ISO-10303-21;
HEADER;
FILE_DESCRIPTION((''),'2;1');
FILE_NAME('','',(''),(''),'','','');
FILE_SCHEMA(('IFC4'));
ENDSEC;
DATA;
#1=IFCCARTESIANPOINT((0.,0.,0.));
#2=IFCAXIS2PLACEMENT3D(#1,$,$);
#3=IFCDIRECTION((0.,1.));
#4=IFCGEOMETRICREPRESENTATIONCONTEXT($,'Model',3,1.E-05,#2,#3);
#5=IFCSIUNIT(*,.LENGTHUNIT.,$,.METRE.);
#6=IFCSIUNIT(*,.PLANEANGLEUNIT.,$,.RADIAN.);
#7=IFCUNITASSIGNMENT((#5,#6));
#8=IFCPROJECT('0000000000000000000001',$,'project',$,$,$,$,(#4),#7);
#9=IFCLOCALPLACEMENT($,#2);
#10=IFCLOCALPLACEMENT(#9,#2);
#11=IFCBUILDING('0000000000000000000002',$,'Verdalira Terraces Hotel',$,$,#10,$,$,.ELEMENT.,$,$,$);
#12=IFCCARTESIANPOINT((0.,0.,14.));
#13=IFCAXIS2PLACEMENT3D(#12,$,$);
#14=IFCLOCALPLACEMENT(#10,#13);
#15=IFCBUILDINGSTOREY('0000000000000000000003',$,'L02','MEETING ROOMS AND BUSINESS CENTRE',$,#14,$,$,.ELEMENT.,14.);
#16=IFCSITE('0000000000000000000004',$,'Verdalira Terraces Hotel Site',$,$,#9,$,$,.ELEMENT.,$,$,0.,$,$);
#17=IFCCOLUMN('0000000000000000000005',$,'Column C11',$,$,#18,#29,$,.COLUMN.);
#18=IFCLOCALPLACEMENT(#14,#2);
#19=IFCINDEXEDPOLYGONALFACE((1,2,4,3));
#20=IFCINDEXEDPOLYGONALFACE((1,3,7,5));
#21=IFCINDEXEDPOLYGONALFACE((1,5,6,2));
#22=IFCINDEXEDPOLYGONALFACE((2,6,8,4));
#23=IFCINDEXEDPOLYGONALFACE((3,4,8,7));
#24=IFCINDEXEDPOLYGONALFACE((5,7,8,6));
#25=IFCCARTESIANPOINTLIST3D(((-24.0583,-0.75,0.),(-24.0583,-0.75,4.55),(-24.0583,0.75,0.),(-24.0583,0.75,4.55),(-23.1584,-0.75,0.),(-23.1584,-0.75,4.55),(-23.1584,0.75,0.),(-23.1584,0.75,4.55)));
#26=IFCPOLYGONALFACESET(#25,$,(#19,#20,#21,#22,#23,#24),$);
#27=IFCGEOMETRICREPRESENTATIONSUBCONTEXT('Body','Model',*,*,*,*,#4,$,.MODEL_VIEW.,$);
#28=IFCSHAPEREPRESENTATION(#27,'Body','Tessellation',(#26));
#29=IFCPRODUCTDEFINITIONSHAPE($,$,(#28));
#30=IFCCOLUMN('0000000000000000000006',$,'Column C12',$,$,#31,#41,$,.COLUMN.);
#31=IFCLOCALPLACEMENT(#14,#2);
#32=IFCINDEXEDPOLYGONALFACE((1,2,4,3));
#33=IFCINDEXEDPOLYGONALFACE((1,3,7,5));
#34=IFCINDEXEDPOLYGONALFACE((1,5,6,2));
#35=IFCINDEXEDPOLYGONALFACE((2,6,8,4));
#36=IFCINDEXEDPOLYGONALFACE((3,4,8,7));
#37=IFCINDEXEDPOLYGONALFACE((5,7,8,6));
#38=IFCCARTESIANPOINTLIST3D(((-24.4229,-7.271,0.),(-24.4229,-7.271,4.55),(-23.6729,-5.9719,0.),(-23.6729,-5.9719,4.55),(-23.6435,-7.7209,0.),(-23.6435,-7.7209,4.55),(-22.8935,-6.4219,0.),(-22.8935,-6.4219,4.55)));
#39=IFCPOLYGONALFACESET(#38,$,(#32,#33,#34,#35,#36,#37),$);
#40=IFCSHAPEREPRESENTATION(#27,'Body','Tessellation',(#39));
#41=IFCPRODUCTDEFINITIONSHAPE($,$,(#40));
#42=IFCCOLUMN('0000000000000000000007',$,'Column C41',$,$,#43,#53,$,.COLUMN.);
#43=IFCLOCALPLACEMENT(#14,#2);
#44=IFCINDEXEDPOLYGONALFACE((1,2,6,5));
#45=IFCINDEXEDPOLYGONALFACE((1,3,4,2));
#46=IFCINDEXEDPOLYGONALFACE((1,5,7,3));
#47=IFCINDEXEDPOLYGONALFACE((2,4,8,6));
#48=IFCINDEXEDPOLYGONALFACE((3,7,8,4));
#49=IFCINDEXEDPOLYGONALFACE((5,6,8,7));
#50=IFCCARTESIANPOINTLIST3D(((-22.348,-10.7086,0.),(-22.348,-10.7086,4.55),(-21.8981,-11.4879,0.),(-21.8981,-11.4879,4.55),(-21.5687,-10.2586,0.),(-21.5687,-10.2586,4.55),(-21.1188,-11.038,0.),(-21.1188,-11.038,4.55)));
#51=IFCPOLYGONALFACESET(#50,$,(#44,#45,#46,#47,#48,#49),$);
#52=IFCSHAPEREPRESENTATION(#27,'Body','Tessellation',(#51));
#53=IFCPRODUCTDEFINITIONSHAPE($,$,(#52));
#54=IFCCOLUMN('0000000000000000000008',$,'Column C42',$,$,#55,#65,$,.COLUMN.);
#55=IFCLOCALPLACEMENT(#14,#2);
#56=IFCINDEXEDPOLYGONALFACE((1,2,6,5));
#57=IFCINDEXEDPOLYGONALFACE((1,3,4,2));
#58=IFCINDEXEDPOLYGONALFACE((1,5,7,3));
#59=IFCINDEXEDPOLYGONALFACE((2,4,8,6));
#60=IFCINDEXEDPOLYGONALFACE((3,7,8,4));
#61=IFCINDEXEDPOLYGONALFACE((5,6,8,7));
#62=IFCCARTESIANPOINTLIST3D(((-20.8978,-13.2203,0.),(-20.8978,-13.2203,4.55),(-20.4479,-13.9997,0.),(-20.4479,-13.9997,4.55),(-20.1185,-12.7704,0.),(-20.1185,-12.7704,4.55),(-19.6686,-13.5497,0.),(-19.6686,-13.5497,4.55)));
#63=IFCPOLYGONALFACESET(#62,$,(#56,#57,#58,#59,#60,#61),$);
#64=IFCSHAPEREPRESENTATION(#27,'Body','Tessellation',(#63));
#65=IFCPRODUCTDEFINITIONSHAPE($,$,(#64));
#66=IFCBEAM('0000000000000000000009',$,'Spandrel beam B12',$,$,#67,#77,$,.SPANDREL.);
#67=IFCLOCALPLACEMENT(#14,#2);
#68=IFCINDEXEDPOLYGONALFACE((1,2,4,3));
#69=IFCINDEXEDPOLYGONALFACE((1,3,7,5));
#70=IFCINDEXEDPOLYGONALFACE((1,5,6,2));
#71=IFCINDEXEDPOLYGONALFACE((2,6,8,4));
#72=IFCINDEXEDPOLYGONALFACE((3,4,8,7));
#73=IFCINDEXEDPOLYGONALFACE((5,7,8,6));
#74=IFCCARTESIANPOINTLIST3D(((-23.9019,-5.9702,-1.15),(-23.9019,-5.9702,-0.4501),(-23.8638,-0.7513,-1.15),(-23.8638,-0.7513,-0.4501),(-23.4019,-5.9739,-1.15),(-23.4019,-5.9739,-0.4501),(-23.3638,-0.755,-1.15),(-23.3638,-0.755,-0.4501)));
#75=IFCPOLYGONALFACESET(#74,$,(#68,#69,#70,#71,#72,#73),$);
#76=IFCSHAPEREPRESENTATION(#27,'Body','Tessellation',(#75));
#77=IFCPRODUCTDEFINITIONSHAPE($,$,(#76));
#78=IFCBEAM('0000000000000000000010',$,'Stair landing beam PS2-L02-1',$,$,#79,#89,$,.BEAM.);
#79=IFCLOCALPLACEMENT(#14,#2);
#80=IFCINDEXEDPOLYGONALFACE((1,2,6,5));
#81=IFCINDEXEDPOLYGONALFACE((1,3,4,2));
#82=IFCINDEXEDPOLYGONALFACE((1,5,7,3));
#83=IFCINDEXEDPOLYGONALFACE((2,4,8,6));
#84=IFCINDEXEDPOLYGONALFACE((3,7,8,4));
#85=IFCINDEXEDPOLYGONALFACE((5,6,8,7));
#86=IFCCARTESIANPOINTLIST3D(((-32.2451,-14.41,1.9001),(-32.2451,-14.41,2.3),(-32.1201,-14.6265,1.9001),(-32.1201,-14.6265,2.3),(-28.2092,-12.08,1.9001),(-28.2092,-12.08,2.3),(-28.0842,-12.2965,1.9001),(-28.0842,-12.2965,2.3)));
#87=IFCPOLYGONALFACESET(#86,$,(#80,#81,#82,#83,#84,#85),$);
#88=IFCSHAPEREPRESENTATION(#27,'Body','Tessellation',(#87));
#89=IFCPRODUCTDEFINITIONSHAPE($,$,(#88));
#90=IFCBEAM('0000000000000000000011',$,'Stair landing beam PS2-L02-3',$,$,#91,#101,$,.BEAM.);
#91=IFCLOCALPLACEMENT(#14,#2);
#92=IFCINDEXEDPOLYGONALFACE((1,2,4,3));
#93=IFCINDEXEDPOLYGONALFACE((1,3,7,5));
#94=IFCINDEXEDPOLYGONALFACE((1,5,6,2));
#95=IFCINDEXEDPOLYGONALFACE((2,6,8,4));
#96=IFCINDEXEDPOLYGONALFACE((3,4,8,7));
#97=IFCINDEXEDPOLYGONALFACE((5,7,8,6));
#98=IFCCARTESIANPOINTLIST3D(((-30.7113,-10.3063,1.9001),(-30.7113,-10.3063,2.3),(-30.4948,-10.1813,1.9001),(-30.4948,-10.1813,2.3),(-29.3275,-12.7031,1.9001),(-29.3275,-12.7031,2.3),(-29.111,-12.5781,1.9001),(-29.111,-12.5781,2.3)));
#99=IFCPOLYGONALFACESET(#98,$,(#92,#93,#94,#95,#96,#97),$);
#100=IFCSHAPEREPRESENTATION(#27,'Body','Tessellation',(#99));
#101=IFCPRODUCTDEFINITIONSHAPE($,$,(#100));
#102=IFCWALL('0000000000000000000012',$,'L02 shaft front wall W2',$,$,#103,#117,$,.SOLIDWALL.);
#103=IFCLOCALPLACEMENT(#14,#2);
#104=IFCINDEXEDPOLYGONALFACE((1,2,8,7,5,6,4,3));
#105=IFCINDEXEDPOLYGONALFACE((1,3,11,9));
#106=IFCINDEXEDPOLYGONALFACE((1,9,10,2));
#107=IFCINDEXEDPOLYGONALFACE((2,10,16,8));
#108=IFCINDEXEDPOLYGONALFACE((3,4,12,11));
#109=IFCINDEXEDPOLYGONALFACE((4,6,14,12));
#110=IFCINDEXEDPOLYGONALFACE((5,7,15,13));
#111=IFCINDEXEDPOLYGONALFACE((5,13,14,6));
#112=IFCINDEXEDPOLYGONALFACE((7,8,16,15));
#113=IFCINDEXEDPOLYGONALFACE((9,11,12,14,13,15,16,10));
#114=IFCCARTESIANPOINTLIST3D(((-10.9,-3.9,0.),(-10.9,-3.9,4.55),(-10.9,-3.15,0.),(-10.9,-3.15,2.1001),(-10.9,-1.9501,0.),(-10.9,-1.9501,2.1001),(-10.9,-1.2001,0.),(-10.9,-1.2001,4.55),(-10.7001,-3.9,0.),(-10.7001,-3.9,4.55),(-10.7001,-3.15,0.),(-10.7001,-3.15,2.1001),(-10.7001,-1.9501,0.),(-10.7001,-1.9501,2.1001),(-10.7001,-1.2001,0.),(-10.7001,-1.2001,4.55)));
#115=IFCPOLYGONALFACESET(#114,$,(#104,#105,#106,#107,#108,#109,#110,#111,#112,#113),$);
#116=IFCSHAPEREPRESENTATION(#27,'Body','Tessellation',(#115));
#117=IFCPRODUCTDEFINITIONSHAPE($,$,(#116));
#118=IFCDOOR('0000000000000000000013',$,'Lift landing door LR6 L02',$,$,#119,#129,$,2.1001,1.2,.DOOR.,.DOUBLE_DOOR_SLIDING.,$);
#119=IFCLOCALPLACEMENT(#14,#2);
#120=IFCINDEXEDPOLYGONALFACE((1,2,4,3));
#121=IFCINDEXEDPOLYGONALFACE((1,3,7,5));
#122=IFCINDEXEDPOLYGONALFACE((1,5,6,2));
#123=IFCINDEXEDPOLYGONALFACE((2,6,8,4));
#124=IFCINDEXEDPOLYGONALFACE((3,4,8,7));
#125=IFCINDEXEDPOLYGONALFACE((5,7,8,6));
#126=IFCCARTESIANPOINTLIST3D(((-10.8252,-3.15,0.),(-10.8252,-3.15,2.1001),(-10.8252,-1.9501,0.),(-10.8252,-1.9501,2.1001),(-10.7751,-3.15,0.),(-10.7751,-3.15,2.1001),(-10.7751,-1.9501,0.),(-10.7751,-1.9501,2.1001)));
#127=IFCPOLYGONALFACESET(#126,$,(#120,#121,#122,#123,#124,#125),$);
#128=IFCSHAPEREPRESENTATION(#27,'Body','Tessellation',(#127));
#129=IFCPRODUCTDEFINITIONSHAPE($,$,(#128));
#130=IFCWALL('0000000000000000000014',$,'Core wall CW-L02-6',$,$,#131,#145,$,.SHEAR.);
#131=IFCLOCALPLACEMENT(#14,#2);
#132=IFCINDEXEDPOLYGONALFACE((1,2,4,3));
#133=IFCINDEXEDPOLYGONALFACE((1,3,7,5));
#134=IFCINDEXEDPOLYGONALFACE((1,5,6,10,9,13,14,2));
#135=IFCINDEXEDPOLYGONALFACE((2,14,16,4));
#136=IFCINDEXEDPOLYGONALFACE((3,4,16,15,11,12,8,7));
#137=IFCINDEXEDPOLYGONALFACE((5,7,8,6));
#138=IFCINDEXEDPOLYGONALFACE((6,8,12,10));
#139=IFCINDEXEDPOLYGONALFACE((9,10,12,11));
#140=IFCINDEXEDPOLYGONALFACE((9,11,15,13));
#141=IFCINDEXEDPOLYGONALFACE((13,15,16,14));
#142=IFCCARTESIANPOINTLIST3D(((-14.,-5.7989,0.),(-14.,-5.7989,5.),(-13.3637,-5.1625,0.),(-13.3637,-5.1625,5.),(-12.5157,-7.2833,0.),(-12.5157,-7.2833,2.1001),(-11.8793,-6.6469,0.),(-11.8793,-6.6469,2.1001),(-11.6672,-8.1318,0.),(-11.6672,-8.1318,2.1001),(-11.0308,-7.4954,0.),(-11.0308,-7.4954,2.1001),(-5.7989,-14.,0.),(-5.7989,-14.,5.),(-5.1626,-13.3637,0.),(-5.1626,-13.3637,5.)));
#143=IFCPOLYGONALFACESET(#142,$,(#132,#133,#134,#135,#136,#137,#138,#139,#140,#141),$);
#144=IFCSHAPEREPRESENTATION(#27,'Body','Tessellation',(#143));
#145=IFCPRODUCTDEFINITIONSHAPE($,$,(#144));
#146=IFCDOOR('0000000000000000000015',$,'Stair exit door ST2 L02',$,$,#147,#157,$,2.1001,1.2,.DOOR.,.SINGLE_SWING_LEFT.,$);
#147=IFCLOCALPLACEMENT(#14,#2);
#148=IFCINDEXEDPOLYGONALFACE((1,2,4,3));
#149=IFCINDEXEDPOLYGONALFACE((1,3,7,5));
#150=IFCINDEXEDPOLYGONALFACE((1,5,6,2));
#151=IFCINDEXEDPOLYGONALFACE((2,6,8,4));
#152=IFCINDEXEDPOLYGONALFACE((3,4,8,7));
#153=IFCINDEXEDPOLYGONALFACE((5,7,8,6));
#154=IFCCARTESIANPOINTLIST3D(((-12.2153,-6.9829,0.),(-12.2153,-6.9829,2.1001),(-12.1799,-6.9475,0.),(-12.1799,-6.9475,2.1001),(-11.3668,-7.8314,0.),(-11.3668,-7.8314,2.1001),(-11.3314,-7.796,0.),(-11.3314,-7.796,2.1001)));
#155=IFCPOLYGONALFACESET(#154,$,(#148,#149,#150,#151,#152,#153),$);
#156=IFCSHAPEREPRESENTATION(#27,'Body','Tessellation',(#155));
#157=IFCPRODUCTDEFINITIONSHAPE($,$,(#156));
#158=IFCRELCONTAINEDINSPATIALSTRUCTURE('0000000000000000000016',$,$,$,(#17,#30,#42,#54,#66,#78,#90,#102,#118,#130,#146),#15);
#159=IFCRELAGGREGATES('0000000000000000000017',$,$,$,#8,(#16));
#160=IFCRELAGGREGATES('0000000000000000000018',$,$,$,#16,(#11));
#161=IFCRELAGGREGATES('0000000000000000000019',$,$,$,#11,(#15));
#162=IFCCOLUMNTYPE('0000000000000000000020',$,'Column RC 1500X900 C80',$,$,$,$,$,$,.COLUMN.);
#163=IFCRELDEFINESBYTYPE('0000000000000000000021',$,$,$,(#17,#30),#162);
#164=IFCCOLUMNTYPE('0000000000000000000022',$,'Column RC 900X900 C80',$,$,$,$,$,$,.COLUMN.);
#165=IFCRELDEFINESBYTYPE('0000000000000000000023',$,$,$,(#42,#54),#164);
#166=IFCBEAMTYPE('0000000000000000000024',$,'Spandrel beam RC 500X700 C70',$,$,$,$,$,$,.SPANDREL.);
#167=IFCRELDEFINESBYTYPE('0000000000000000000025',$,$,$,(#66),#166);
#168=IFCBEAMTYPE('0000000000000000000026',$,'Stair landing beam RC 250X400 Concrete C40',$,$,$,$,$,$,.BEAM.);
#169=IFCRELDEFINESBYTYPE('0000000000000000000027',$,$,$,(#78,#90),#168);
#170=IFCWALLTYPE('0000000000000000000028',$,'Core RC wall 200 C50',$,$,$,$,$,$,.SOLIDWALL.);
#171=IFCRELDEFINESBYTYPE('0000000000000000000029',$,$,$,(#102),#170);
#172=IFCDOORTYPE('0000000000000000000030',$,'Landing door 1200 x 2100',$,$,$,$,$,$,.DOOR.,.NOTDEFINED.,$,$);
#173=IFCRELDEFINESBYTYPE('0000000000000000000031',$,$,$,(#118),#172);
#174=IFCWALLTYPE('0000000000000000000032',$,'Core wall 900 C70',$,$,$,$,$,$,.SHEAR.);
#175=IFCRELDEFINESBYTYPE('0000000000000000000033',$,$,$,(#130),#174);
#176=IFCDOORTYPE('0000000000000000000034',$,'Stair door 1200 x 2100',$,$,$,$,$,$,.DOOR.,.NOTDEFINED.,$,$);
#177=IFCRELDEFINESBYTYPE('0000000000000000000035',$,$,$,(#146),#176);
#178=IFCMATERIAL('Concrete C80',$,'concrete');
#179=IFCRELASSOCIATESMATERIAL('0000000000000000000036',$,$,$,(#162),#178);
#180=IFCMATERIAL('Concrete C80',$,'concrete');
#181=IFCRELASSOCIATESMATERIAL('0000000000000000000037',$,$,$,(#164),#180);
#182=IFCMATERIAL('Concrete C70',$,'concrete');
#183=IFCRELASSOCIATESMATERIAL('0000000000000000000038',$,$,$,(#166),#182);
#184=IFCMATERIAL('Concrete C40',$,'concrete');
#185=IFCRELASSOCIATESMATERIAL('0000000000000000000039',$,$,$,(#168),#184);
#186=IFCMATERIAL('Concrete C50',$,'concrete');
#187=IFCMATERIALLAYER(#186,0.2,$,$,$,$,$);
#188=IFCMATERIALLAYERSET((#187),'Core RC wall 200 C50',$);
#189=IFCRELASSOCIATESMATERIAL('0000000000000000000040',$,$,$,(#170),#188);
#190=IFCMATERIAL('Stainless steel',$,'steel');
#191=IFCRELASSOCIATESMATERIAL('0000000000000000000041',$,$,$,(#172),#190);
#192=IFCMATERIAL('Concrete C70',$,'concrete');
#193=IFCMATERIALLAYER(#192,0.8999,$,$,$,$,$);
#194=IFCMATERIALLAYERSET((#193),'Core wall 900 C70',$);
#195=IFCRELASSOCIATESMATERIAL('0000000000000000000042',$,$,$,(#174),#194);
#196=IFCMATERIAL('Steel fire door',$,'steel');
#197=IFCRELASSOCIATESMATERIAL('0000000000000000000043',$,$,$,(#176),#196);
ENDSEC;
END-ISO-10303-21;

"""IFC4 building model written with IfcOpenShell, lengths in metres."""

from ifc_helpers import new_model, si_unit, direction, frame, frame_2d, origin, origin_2d, place, context, subcontext, project, spatial, rectangle, extrude, material, layer, layer_set, material_profile, profile_set, type_object, element, fill, save


model = new_model("IFC4")

# Units and contexts
model_context = context("Model", 3, precision=1e-05, world=origin(), true_north=direction((0.0, 1.0)))
body_context = subcontext(model_context, "Body", "Model", "MODEL_VIEW")
ifc_project = project(units=[si_unit("LENGTHUNIT", "METRE"), si_unit("PLANEANGLEUNIT", "RADIAN")], contexts=[model_context])

# Site, building, storey
site_placement = place(None, origin())
site = spatial("IfcSite", under=ifc_project, at=site_placement, Name="Verdalira Terraces Hotel Site", CompositionType="ELEMENT", RefElevation=0.0)
building_placement = place(site_placement, origin())
building = spatial("IfcBuilding", under=site, at=building_placement, Name="Verdalira Terraces Hotel", CompositionType="ELEMENT")
storey_placement = place(building_placement, frame((0.0, 0.0, 14.0)))
storey = spatial("IfcBuildingStorey", under=building, at=storey_placement, Name="L02", Description="MEETING ROOMS AND BUSINESS CENTRE", CompositionType="ELEMENT", Elevation=14.0)

# Columns
ifc_material_1 = material(Name="Concrete C80", Category="concrete")
ifc_material_profile_1 = material_profile(ifc_material_1, rectangle(XDim=1.5, YDim=0.8999, at=origin_2d()), Name="RC 1500X900")
ifc_profile_set_1 = profile_set([ifc_material_profile_1], Name="Concrete C80")
column_type_1 = type_object("IfcColumnType", Name="Column RC 1500X900 C80", PredefinedType="COLUMN", material=ifc_profile_set_1)
for number, where, z_axis, x_axis, name in (
    (1, (-23.6084, 0.0, 0.0), (0.0, 0.0, 1.0), (0.0, -1.0, 0.0), "Column C11"),
    (2, (-23.6582, -6.8464, 0.0), (0.0, 0.0, 1.0), (0.5, 0.866025, 0.0), "Column C12"),
):
    element("IfcColumn", number, at=place(storey_placement, frame(where, z_axis=z_axis, x_axis=x_axis)), inside=storey, type_object=column_type_1, Name=name, PredefinedType="COLUMN", context=body_context, shape_type="SweptSolid", body=[
        extrude(rectangle(XDim=1.5, YDim=0.8999, at=origin_2d()), origin(), (0.0, 0.0, 1.0), 4.55),
    ])
ifc_material_2 = material(Name="Concrete C80", Category="concrete")
ifc_material_profile_2 = material_profile(ifc_material_2, rectangle(XDim=0.8999, YDim=0.8999, at=origin_2d()), Name="RC 900X900")
ifc_profile_set_2 = profile_set([ifc_material_profile_2], Name="Concrete C80")
column_type_2 = type_object("IfcColumnType", Name="Column RC 900X900 C80", PredefinedType="COLUMN", material=ifc_profile_set_2)
for number, where, z_axis, x_axis, name in (
    (3, (-21.7334, -10.8733, 0.0), (0.0, 0.0, 1.0), (-0.866025, -0.5, 0.0), "Column C41"),
    (4, (-20.2832, -13.385, 0.0), (0.0, 0.0, 1.0), (-0.866025, -0.5, 0.0), "Column C42"),
):
    element("IfcColumn", number, at=place(storey_placement, frame(where, z_axis=z_axis, x_axis=x_axis)), inside=storey, type_object=column_type_2, Name=name, PredefinedType="COLUMN", context=body_context, shape_type="SweptSolid", body=[
        extrude(rectangle(XDim=0.8999, YDim=0.8999, at=origin_2d()), origin(), (0.0, 0.0, 1.0), 4.55),
    ])

# Beams
ifc_material_3 = material(Name="Concrete C70", Category="concrete")
ifc_material_profile_3 = material_profile(ifc_material_3, rectangle(XDim=0.5, YDim=0.7, at=origin_2d()), Name="RC 500X700")
ifc_profile_set_3 = profile_set([ifc_material_profile_3], Name="Concrete C70")
beam_type_1 = type_object("IfcBeamType", Name="Spandrel beam RC 500X700 C70", PredefinedType="SPANDREL", material=ifc_profile_set_3)
beam_1_placement = place(storey_placement, frame((-23.6138, -0.7532, -0.8), z_axis=(-0.007298, -0.999973, 0.0), x_axis=(0.999973, -0.007298, 0.0)))
element("IfcBeam", 5, at=beam_1_placement, inside=storey, type_object=beam_type_1, Name="Spandrel beam B12", PredefinedType="SPANDREL", context=body_context, shape_type="SweptSolid", body=[
    extrude(rectangle(XDim=0.5, YDim=0.7, at=origin_2d()), origin(), (0.0, 0.0, 1.0), 5.219),
])
ifc_material_4 = material(Name="Concrete C40", Category="concrete")
ifc_material_profile_4 = material_profile(ifc_material_4, rectangle(XDim=0.25, YDim=0.3999, at=origin_2d()), Name="RC 250X400")
ifc_profile_set_4 = profile_set([ifc_material_profile_4], Name="Concrete C40")
beam_type_2 = type_object("IfcBeamType", Name="Stair landing beam RC 250X400 Concrete C40", PredefinedType="BEAM", material=ifc_profile_set_4)
beam_2_placement = place(storey_placement, frame((-28.1467, -12.1882, 2.1001), z_axis=(-0.866029, -0.499993, 0.0), x_axis=(0.499993, -0.866029, 0.0)))
element("IfcBeam", 6, at=beam_2_placement, inside=storey, type_object=beam_type_2, Name="Stair landing beam PS2-L02-1", PredefinedType="BEAM", context=body_context, shape_type="SweptSolid", body=[
    extrude(rectangle(XDim=0.25, YDim=0.3999, at=origin_2d()), origin(), (0.0, 0.0, 1.0), 4.6602),
])
beam_3_placement = place(storey_placement, frame((-29.2192, -12.6406, 2.1001), z_axis=(-0.50001, 0.86602, 0.0), x_axis=(-0.86602, -0.50001, 0.0)))
element("IfcBeam", 7, at=beam_3_placement, inside=storey, type_object=beam_type_2, Name="Stair landing beam PS2-L02-3", PredefinedType="BEAM", context=body_context, shape_type="SweptSolid", body=[
    extrude(rectangle(XDim=0.25, YDim=0.3999, at=origin_2d()), origin(), (0.0, 0.0, 1.0), 2.7676),
])

# Walls, openings, doors
ifc_material_5 = material(Name="Concrete C50", Category="concrete")
ifc_layer_1 = layer(ifc_material_5, 0.2)
ifc_layer_set_1 = layer_set([ifc_layer_1], Name="Core RC wall 200 C50")
wall_type_1 = type_object("IfcWallType", Name="Core RC wall 200 C50", PredefinedType="SOLIDWALL", material=ifc_layer_set_1)
wall_1_placement = place(storey_placement, frame((-10.8, -1.2, 0.0), z_axis=(0.0, 0.0, 1.0), x_axis=(0.0, -1.0, 0.0)))
wall_1 = element("IfcWall", 8, at=wall_1_placement, inside=storey, type_object=wall_type_1, Name="L02 shaft front wall W2", PredefinedType="SOLIDWALL", context=body_context, shape_type="SweptSolid", body=[
    extrude(rectangle(XDim=2.7, YDim=0.2, at=frame_2d((1.3501, 0.0))), origin(), (0.0, 0.0, 1.0), 4.55),
])
opening_1_placement = place(wall_1_placement, frame((0.75, 0.0, 0.0)))
opening_1 = element("IfcOpeningElement", 9, at=opening_1_placement, cuts=wall_1, PredefinedType="OPENING", context=body_context, shape_type="SweptSolid", body=[
    extrude(rectangle(XDim=1.2, YDim=2.1001, at=frame_2d((0.6001, 1.05))), frame((0.0, 0.1099, 0.0), z_axis=(0.0, -1.0, 0.0), x_axis=(1.0, 0.0, 0.0)), (0.0, 0.0, 1.0), 0.22),
])
ifc_material_6 = material(Name="Stainless steel", Category="steel")
door_type_1 = type_object("IfcDoorType", Name="Landing door 1200 x 2100", OperationType="NOTDEFINED", PredefinedType="DOOR", material=ifc_material_6)
door_1_placement = place(opening_1_placement, origin())
door_1 = element("IfcDoor", 10, at=door_1_placement, inside=storey, type_object=door_type_1, Name="Lift landing door LR6 L02", OperationType="DOUBLE_DOOR_SLIDING", OverallHeight=2.1001, OverallWidth=1.2, PredefinedType="DOOR", context=body_context, shape_type="SweptSolid", body=[
    extrude(rectangle(XDim=1.2, YDim=2.1001, at=frame_2d((0.6001, 1.05))), frame((0.0, 0.0249, 0.0), z_axis=(0.0, -1.0, 0.0), x_axis=(1.0, 0.0, 0.0)), (0.0, 0.0, 1.0), 0.05),
])
fill(opening_1, door_1)
ifc_material_7 = material(Name="Concrete C70", Category="concrete")
ifc_layer_2 = layer(ifc_material_7, 0.8999)
ifc_layer_set_2 = layer_set([ifc_layer_2], Name="Core wall 900 C70")
wall_type_2 = type_object("IfcWallType", Name="Core wall 900 C70", PredefinedType="SHEAR", material=ifc_layer_set_2)
wall_2_placement = place(storey_placement, frame((-13.6819, -5.4807, 0.0), z_axis=(0.0, 0.0, 1.0), x_axis=(0.707107, -0.707107, 0.0)))
wall_2 = element("IfcWall", 11, at=wall_2_placement, inside=storey, type_object=wall_type_2, Name="Core wall CW-L02-6", PredefinedType="SHEAR", context=body_context, shape_type="SweptSolid", body=[
    extrude(rectangle(XDim=11.5981, YDim=0.8999, at=frame_2d((5.7991, 0.0))), origin(), (0.0, 0.0, 1.0), 5.0),
])
opening_2_placement = place(wall_2_placement, frame((2.0991, 0.0, 0.0)))
opening_2 = element("IfcOpeningElement", 12, at=opening_2_placement, cuts=wall_2, PredefinedType="OPENING", context=body_context, shape_type="SweptSolid", body=[
    extrude(rectangle(XDim=1.2, YDim=2.1001, at=frame_2d((0.6001, 1.05))), frame((0.0, 0.46, 0.0), z_axis=(0.0, -1.0, 0.0), x_axis=(1.0, 0.0, 0.0)), (0.0, 0.0, 1.0), 0.9199),
])
ifc_material_8 = material(Name="Steel fire door", Category="steel")
door_type_2 = type_object("IfcDoorType", Name="Stair door 1200 x 2100", OperationType="NOTDEFINED", PredefinedType="DOOR", material=ifc_material_8)
door_2_placement = place(opening_2_placement, origin())
door_2 = element("IfcDoor", 13, at=door_2_placement, inside=storey, type_object=door_type_2, Name="Stair exit door ST2 L02", OperationType="SINGLE_SWING_LEFT", OverallHeight=2.1001, OverallWidth=1.2, PredefinedType="DOOR", context=body_context, shape_type="SweptSolid", body=[
    extrude(rectangle(XDim=1.2, YDim=2.1001, at=frame_2d((0.6001, 1.05))), frame((0.0, 0.0249, 0.0), z_axis=(0.0, -1.0, 0.0), x_axis=(1.0, 0.0, 0.0)), (0.0, 0.0, 1.0), 0.05),
])
fill(opening_2, door_2)

save(model, "model.ifc")
